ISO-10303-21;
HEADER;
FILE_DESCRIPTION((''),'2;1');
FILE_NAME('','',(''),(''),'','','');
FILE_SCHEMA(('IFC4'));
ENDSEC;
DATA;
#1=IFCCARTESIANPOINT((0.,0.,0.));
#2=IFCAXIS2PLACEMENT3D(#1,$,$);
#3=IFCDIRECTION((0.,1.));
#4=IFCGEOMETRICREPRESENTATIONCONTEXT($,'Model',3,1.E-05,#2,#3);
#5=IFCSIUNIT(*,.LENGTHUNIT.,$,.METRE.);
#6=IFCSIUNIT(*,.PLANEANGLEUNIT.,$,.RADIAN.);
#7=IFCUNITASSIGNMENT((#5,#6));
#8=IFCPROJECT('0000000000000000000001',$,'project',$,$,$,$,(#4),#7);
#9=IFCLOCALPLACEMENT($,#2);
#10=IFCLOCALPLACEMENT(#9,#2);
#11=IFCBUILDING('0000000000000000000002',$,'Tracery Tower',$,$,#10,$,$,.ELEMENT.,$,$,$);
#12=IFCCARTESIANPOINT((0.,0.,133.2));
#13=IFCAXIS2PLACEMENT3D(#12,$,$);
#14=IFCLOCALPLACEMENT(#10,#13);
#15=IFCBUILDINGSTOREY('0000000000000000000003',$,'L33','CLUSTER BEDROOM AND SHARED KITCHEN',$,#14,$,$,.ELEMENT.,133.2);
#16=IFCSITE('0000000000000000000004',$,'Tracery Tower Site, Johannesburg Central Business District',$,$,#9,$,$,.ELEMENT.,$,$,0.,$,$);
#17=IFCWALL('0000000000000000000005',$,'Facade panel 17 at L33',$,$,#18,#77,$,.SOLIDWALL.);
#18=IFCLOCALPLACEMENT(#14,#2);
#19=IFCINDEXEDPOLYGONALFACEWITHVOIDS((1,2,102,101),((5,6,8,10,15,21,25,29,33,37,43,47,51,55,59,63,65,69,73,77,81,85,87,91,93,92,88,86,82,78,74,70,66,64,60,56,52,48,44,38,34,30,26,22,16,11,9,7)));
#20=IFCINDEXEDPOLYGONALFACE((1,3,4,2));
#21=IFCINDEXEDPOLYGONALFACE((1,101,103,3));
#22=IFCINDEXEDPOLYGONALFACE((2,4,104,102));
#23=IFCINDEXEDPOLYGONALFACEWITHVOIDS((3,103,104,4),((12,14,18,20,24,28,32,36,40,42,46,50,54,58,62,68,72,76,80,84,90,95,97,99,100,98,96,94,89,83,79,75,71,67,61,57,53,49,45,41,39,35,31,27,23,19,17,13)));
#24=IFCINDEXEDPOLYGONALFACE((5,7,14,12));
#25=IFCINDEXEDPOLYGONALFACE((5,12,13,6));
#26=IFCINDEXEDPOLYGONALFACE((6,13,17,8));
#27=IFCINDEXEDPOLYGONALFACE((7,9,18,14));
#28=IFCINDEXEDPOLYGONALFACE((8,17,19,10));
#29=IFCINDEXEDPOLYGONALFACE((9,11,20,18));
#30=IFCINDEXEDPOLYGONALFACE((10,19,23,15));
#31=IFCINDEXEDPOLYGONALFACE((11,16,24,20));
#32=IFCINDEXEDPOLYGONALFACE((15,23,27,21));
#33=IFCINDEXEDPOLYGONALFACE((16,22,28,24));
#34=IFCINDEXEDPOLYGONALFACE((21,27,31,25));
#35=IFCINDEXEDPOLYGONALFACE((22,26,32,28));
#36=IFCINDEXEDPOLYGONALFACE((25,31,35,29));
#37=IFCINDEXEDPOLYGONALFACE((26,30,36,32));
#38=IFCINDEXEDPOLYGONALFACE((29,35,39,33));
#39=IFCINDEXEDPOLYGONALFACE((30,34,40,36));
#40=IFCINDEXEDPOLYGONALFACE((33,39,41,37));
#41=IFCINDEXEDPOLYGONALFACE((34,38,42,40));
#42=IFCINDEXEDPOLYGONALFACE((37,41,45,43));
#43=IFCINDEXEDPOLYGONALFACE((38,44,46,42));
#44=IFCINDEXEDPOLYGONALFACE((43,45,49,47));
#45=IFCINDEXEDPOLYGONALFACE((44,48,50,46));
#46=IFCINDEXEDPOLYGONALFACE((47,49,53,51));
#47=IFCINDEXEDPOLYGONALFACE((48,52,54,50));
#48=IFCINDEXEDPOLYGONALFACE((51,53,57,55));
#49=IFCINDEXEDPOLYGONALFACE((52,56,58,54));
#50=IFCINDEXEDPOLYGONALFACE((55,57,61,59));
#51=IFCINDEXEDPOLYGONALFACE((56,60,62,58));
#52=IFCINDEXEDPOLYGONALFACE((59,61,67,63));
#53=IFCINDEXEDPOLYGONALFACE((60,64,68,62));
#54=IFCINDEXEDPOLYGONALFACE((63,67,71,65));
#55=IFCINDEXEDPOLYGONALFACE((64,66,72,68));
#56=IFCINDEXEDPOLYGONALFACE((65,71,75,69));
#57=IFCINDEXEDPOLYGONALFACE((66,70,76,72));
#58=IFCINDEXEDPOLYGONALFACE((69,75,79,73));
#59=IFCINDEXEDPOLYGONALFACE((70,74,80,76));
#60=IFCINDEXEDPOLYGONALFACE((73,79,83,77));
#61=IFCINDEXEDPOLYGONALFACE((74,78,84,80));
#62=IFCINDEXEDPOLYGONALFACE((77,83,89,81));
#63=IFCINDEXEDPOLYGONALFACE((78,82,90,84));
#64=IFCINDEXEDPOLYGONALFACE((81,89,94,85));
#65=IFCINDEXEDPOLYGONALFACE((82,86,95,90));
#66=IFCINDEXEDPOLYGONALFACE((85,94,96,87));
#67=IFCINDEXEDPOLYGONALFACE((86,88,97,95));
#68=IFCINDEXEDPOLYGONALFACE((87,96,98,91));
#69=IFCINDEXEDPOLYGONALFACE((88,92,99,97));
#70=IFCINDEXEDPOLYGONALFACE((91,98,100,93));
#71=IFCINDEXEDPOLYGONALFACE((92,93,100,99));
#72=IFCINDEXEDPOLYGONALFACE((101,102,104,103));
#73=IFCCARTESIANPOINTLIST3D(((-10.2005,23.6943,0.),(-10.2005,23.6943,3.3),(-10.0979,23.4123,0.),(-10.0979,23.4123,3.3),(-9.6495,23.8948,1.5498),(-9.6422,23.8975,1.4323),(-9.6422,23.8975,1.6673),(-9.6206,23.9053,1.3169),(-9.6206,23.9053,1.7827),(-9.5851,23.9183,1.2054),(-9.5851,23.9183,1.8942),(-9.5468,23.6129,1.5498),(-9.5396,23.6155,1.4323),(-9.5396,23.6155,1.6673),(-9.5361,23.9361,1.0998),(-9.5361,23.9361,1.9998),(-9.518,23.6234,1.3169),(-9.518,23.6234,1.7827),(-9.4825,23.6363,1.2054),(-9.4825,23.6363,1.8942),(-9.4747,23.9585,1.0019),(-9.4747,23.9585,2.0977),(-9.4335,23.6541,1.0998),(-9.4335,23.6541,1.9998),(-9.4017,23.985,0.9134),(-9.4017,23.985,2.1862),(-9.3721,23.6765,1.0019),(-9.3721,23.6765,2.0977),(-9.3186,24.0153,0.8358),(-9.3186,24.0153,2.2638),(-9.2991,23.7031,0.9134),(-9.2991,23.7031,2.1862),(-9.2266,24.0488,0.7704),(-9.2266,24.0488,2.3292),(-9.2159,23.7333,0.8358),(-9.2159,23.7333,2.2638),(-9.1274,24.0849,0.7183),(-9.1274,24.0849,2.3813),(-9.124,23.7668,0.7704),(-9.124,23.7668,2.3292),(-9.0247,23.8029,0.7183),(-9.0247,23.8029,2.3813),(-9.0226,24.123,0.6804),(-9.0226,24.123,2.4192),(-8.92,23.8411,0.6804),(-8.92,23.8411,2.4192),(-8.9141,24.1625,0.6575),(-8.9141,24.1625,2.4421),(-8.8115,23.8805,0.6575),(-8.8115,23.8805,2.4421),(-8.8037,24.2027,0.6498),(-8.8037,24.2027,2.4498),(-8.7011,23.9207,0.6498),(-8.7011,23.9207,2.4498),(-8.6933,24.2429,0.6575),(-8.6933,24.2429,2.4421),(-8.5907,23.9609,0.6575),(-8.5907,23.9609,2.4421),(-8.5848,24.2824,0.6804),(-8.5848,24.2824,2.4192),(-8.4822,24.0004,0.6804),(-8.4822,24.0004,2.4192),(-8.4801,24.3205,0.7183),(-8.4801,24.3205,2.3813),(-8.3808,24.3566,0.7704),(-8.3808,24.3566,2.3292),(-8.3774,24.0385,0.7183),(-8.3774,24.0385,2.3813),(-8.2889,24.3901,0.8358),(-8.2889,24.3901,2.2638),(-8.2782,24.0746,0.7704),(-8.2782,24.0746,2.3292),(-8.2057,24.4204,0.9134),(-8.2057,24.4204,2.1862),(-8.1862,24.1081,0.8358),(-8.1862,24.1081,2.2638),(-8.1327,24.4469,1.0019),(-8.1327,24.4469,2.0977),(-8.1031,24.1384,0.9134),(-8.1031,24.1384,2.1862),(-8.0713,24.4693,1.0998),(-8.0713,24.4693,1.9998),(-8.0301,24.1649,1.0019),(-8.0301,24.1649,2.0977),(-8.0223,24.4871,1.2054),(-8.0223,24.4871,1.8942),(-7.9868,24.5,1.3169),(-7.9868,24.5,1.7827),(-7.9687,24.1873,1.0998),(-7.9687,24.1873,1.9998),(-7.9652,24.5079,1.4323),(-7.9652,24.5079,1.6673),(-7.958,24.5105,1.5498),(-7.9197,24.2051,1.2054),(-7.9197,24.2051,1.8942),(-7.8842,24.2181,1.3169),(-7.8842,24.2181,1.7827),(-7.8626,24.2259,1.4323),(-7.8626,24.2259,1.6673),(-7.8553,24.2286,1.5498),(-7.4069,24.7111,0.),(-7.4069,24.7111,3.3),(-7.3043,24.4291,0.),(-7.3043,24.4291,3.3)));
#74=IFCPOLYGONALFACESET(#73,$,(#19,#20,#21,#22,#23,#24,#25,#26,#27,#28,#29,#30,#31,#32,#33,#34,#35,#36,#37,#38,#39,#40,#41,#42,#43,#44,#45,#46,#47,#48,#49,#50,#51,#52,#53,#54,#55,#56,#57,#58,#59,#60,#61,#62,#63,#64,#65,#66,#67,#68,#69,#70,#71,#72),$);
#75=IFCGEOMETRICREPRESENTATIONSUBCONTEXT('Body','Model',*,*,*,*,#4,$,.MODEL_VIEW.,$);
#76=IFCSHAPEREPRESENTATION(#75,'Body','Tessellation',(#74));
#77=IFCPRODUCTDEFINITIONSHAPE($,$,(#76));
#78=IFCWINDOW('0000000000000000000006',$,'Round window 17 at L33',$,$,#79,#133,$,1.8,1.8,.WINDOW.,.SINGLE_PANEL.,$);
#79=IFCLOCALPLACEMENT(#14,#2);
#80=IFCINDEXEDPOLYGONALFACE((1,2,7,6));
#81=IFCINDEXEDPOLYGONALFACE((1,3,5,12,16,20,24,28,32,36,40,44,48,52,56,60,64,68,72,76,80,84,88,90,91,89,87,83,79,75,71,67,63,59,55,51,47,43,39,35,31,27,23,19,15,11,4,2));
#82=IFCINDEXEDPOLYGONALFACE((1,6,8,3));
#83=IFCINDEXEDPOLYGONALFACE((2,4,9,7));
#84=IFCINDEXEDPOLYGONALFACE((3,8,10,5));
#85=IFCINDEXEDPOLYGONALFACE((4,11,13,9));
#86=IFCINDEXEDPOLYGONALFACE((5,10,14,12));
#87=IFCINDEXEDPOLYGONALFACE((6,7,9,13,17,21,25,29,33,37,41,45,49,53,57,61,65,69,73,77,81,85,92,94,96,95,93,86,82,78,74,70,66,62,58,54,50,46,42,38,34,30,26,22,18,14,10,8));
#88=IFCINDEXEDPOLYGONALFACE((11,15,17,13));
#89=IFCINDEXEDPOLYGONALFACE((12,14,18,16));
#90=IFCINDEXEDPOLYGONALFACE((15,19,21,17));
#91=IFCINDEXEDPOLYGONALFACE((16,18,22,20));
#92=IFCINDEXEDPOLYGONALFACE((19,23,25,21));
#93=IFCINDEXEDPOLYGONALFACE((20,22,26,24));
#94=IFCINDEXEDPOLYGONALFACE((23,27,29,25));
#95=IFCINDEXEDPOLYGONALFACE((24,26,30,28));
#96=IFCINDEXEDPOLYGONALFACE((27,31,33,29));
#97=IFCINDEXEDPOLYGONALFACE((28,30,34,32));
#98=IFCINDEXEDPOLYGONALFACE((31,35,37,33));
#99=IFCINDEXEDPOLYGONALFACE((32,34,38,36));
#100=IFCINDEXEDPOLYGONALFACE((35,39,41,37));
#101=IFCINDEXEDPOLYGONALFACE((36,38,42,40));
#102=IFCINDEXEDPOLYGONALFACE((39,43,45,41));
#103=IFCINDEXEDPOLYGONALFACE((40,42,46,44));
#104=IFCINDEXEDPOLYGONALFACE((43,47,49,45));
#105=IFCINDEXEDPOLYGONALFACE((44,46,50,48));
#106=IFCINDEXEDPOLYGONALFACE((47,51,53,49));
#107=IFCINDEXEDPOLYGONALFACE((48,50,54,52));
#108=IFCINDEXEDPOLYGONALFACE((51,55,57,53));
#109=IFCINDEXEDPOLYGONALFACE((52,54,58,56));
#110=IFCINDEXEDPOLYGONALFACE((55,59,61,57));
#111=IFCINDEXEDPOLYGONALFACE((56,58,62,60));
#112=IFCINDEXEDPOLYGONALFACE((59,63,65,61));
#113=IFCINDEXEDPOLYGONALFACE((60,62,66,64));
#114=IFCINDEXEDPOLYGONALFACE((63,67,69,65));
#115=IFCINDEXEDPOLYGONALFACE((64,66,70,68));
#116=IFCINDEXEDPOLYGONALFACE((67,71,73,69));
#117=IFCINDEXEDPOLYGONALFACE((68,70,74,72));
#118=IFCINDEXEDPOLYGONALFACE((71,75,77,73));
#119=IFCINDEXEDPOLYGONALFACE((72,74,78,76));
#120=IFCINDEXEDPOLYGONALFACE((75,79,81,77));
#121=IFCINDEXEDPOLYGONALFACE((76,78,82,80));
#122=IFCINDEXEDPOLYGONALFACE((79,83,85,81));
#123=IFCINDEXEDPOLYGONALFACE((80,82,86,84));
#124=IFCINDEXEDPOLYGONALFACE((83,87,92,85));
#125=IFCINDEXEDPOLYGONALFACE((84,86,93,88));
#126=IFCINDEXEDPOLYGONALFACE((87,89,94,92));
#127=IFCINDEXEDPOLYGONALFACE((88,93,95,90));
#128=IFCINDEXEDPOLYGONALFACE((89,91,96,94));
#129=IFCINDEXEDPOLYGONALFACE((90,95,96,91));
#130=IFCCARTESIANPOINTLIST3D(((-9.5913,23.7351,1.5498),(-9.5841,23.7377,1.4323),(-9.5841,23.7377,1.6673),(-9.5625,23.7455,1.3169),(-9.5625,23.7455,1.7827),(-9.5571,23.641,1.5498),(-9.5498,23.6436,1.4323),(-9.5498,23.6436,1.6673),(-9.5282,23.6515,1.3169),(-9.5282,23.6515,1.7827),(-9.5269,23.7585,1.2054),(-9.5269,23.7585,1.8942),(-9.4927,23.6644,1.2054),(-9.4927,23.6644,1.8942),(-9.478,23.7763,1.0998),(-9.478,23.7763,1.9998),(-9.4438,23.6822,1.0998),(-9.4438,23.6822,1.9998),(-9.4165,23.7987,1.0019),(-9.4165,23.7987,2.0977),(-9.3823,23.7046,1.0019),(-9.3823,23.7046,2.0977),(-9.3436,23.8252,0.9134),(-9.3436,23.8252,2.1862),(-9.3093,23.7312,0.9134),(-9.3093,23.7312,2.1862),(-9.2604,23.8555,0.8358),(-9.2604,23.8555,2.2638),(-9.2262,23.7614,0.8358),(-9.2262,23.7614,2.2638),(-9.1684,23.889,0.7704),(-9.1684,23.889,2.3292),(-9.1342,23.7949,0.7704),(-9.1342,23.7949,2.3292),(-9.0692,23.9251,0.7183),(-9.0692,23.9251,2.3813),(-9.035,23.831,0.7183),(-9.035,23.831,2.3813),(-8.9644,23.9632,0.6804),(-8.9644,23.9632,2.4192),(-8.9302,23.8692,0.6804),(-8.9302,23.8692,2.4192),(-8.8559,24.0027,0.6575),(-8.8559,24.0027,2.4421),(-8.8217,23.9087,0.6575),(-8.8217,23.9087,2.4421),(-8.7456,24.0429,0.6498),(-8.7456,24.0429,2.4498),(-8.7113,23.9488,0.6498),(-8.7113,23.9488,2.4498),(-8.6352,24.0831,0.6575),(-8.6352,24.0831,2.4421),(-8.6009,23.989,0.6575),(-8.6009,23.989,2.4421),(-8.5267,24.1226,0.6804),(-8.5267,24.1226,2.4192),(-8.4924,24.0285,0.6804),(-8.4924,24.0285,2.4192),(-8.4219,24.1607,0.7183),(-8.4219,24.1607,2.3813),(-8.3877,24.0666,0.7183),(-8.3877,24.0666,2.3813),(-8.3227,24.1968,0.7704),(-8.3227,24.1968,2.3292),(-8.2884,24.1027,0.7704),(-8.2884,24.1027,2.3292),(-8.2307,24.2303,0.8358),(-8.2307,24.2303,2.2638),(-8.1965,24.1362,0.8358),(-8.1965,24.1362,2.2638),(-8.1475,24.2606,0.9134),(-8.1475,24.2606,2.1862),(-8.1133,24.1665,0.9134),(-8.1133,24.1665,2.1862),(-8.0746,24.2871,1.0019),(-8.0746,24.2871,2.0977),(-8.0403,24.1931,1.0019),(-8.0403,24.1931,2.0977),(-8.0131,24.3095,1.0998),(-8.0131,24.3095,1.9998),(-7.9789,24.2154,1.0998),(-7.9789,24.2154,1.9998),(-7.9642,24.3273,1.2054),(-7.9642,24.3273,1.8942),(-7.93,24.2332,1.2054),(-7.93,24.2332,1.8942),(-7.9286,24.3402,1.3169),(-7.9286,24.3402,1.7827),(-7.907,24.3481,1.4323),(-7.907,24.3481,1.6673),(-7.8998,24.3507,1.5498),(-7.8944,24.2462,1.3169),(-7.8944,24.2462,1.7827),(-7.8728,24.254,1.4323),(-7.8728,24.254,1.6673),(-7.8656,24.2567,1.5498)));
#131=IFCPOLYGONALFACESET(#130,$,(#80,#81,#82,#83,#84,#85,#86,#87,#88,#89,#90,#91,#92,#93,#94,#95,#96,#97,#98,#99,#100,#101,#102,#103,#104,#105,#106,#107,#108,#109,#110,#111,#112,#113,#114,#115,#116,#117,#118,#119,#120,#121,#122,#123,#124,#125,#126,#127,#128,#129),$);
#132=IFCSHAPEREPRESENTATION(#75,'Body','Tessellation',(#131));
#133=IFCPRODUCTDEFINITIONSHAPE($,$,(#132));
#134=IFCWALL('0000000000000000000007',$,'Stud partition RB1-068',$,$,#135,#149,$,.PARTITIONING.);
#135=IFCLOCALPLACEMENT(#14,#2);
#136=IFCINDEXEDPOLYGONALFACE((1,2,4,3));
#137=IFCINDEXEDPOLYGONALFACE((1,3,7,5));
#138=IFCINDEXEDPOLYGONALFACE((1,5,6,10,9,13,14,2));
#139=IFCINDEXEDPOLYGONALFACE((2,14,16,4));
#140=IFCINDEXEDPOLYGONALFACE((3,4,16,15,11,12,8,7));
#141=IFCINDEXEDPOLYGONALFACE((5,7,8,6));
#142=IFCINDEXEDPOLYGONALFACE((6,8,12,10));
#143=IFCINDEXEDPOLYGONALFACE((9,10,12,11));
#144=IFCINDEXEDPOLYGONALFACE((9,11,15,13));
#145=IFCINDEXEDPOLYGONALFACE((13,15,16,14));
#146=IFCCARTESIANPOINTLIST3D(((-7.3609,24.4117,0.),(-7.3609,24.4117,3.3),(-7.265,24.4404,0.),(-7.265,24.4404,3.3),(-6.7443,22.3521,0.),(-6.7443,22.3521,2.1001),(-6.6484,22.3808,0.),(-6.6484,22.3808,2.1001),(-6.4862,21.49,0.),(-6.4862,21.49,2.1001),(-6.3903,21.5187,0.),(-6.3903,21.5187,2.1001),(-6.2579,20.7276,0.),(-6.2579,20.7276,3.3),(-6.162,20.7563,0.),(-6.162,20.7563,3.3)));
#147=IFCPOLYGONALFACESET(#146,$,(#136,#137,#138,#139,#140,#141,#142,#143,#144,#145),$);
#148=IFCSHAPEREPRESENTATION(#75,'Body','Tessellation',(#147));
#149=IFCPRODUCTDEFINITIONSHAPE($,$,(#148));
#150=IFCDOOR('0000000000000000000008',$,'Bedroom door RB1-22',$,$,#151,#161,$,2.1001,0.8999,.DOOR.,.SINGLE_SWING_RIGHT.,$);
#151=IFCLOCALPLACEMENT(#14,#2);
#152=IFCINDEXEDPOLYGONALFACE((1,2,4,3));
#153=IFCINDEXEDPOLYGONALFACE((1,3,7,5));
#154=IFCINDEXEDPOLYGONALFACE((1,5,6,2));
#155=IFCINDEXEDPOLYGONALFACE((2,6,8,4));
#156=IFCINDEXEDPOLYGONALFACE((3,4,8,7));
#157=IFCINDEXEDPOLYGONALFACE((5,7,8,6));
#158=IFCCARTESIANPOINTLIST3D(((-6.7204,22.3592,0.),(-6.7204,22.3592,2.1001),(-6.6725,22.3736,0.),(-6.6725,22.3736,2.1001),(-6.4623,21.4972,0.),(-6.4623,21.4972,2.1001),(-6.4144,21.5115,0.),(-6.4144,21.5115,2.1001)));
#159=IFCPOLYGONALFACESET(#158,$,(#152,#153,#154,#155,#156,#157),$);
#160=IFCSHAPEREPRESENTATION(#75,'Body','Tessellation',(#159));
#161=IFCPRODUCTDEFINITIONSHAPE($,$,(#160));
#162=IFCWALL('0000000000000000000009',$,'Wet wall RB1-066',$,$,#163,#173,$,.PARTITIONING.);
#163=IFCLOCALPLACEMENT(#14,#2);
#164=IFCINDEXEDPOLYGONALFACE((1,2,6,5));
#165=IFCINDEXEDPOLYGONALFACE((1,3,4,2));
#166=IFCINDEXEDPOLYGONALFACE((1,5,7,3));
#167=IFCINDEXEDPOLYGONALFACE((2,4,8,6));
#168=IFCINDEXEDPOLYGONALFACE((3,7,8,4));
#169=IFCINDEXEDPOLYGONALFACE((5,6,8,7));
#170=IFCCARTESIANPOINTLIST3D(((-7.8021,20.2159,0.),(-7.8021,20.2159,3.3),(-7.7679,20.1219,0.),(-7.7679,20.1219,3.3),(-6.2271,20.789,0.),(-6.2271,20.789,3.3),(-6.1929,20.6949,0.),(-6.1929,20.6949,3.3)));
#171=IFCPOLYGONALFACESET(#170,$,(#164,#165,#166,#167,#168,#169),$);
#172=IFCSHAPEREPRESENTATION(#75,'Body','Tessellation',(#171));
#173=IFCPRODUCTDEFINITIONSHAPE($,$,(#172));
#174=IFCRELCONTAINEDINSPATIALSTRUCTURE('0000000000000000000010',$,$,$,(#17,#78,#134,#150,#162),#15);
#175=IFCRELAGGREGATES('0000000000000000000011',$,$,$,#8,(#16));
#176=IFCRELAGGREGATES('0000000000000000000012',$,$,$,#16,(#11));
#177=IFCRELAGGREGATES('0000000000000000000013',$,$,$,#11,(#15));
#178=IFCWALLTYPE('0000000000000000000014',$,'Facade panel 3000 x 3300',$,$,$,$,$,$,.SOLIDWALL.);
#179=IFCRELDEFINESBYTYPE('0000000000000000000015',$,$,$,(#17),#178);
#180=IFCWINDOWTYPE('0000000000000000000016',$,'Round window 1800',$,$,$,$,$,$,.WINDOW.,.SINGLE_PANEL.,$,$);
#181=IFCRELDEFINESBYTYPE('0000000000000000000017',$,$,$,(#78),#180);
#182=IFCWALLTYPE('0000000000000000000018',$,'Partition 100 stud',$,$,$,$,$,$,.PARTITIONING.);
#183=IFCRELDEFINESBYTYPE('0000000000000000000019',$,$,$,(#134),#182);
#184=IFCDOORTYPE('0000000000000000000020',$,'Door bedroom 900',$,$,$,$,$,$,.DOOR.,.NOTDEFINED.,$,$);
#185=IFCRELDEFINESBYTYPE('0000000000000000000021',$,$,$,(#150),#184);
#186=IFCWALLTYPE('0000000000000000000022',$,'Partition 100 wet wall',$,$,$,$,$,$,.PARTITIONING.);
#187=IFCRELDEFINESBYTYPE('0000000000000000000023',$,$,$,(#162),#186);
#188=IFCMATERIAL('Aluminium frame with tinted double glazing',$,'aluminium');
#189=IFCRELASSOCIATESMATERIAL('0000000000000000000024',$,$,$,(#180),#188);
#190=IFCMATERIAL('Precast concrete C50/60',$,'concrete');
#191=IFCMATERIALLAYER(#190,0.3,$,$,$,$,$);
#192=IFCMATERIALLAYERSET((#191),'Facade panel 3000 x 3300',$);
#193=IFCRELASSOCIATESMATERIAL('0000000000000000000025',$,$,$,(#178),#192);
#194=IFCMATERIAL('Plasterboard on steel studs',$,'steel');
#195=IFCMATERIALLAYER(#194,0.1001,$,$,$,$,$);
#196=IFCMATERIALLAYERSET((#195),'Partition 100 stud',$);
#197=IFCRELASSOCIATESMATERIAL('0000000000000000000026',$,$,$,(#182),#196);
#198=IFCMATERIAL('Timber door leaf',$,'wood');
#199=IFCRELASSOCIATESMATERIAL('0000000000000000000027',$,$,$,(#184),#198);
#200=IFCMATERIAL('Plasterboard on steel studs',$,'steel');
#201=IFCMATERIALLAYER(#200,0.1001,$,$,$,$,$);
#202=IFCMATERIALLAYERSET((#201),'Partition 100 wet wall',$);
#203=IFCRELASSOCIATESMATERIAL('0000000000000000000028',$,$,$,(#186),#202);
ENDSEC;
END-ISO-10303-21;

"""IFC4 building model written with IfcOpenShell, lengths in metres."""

from ifc_helpers import new_model, si_unit, direction, frame, frame_2d, origin, origin_2d, place, context, subcontext, project, spatial, rectangle, circle, extrude, material, layer, layer_set, type_object, element, fill, save


model = new_model("IFC4")

# Units and contexts
model_context = context("Model", 3, precision=1e-05, world=origin(), true_north=direction((0.0, 1.0)))
body_context = subcontext(model_context, "Body", "Model", "MODEL_VIEW")
ifc_project = project(units=[si_unit("LENGTHUNIT", "METRE"), si_unit("PLANEANGLEUNIT", "RADIAN")], contexts=[model_context])

# Site, building, storey
site_placement = place(None, origin())
site = spatial("IfcSite", under=ifc_project, at=site_placement, Name="Tracery Tower Site, Johannesburg Central Business District", CompositionType="ELEMENT", RefElevation=0.0)
building_placement = place(site_placement, origin())
building = spatial("IfcBuilding", under=site, at=building_placement, Name="Tracery Tower", CompositionType="ELEMENT")
storey_placement = place(building_placement, frame((0.0, 0.0, 133.2)))
storey = spatial("IfcBuildingStorey", under=building, at=storey_placement, Name="L33", Description="CLUSTER BEDROOM AND SHARED KITCHEN", CompositionType="ELEMENT", Elevation=133.2)

# Wall, opening, window
ifc_material_1 = material(Name="Aluminium frame with tinted double glazing", Category="aluminium")
window_type = type_object("IfcWindowType", Name="Round window 1800", PartitioningType="SINGLE_PANEL", PredefinedType="WINDOW", material=ifc_material_1)
ifc_material_2 = material(Name="Precast concrete C50/60", Category="concrete")
ifc_layer_1 = layer(ifc_material_2, 0.3)
ifc_layer_set_1 = layer_set([ifc_layer_1], Name="Facade panel 3000 x 3300")
wall_type_1 = type_object("IfcWallType", Name="Facade panel 3000 x 3300", PredefinedType="SOLIDWALL", material=ifc_layer_set_1)
wall_1_placement = place(storey_placement, frame((-7.3557, 24.5701, 0.0), z_axis=(0.0, 0.0, 1.0), x_axis=(-0.93969, -0.342027, 0.0)))
wall_1 = element("IfcWall", 1, at=wall_1_placement, inside=storey, type_object=wall_type_1, Name="Facade panel 17 at L33", PredefinedType="SOLIDWALL", context=body_context, shape_type="SweptSolid", body=[
    extrude(rectangle(XDim=2.9729, YDim=0.3, at=frame_2d((1.4863, 0.0))), origin(), (0.0, 0.0, 1.0), 3.3),
])
opening_1_placement = place(wall_1_placement, frame((1.4863, 0.0, 1.5498)))
opening_1 = element("IfcOpeningElement", 2, at=opening_1_placement, cuts=wall_1, PredefinedType="OPENING", context=body_context, shape_type="SweptSolid", body=[
    extrude(circle(Radius=0.9, at=origin_2d()), frame((0.0, 0.1599, 0.0), z_axis=(0.0, -1.0, 0.0), x_axis=(1.0, 0.0, 0.0)), (0.0, 0.0, 1.0), 0.3201),
])
window_1_placement = place(opening_1_placement, origin())
window_1 = element("IfcWindow", 3, at=window_1_placement, inside=storey, type_object=window_type, Name="Round window 17 at L33", OverallHeight=1.8, OverallWidth=1.8, PartitioningType="SINGLE_PANEL", PredefinedType="WINDOW", context=body_context, shape_type="SweptSolid", body=[
    extrude(circle(Radius=0.9, at=origin_2d()), frame((0.0, 0.1201, 0.0), z_axis=(0.0, -1.0, 0.0), x_axis=(1.0, 0.0, 0.0)), (0.0, 0.0, 1.0), 0.1001),
])
fill(opening_1, window_1)

# Wall, opening, door
ifc_material_3 = material(Name="Plasterboard on steel studs", Category="steel")
ifc_layer_2 = layer(ifc_material_3, 0.1001)
ifc_layer_set_2 = layer_set([ifc_layer_2], Name="Partition 100 stud")
wall_type_2 = type_object("IfcWallType", Name="Partition 100 stud", PredefinedType="PARTITIONING", material=ifc_layer_set_2)
wall_2_placement = place(storey_placement, frame((-7.313, 24.426, 0.0), z_axis=(0.0, 0.0, 1.0), x_axis=(0.286824, -0.957983, 0.0)))
wall_2 = element("IfcWall", 4, at=wall_2_placement, inside=storey, type_object=wall_type_2, Name="Stud partition RB1-068", PredefinedType="PARTITIONING", context=body_context, shape_type="SweptSolid", body=[
    extrude(rectangle(XDim=3.8457, YDim=0.1001, at=frame_2d((1.9229, 0.0))), origin(), (0.0, 0.0, 1.0), 3.3),
])
opening_2_placement = place(wall_2_placement, frame((2.1499, 0.0, 0.0)))
opening_2 = element("IfcOpeningElement", 5, at=opening_2_placement, cuts=wall_2, PredefinedType="OPENING", context=body_context, shape_type="SweptSolid", body=[
    extrude(rectangle(XDim=0.8999, YDim=2.1001, at=frame_2d((0.45, 1.05))), frame((0.0, 0.05, 0.0), z_axis=(0.0, -1.0, 0.0), x_axis=(1.0, 0.0, 0.0)), (0.0, 0.0, 1.0), 0.1001),
])
ifc_material_4 = material(Name="Timber door leaf", Category="wood")
door_type_1 = type_object("IfcDoorType", Name="Door bedroom 900", OperationType="NOTDEFINED", PredefinedType="DOOR", material=ifc_material_4)
door_1_placement = place(opening_2_placement, origin())
door_1 = element("IfcDoor", 6, at=door_1_placement, inside=storey, type_object=door_type_1, Name="Bedroom door RB1-22", OperationType="SINGLE_SWING_RIGHT", OverallHeight=2.1001, OverallWidth=0.8999, PredefinedType="DOOR", context=body_context, shape_type="SweptSolid", body=[
    extrude(rectangle(XDim=0.8999, YDim=2.1001, at=frame_2d((0.45, 1.05))), frame((0.0, 0.0249, 0.0), z_axis=(0.0, -1.0, 0.0), x_axis=(1.0, 0.0, 0.0)), (0.0, 0.0, 1.0), 0.05),
])
fill(opening_2, door_1)

# Wall
ifc_material_5 = material(Name="Plasterboard on steel studs", Category="steel")
ifc_layer_3 = layer(ifc_material_5, 0.1001)
ifc_layer_set_3 = layer_set([ifc_layer_3], Name="Partition 100 wet wall")
wall_type_3 = type_object("IfcWallType", Name="Partition 100 wet wall", PredefinedType="PARTITIONING", material=ifc_layer_set_3)
wall_3_placement = place(storey_placement, frame((-7.7849, 20.1689, 0.0), z_axis=(0.0, 0.0, 1.0), x_axis=(0.939738, 0.341895, 0.0)))
element("IfcWall", 7, at=wall_3_placement, inside=storey, type_object=wall_type_3, Name="Wet wall RB1-066", PredefinedType="PARTITIONING", context=body_context, shape_type="SweptSolid", body=[
    extrude(rectangle(XDim=1.676, YDim=0.1001, at=frame_2d((0.8379, 0.0))), origin(), (0.0, 0.0, 1.0), 3.3),
])

save(model, "model.ifc")
